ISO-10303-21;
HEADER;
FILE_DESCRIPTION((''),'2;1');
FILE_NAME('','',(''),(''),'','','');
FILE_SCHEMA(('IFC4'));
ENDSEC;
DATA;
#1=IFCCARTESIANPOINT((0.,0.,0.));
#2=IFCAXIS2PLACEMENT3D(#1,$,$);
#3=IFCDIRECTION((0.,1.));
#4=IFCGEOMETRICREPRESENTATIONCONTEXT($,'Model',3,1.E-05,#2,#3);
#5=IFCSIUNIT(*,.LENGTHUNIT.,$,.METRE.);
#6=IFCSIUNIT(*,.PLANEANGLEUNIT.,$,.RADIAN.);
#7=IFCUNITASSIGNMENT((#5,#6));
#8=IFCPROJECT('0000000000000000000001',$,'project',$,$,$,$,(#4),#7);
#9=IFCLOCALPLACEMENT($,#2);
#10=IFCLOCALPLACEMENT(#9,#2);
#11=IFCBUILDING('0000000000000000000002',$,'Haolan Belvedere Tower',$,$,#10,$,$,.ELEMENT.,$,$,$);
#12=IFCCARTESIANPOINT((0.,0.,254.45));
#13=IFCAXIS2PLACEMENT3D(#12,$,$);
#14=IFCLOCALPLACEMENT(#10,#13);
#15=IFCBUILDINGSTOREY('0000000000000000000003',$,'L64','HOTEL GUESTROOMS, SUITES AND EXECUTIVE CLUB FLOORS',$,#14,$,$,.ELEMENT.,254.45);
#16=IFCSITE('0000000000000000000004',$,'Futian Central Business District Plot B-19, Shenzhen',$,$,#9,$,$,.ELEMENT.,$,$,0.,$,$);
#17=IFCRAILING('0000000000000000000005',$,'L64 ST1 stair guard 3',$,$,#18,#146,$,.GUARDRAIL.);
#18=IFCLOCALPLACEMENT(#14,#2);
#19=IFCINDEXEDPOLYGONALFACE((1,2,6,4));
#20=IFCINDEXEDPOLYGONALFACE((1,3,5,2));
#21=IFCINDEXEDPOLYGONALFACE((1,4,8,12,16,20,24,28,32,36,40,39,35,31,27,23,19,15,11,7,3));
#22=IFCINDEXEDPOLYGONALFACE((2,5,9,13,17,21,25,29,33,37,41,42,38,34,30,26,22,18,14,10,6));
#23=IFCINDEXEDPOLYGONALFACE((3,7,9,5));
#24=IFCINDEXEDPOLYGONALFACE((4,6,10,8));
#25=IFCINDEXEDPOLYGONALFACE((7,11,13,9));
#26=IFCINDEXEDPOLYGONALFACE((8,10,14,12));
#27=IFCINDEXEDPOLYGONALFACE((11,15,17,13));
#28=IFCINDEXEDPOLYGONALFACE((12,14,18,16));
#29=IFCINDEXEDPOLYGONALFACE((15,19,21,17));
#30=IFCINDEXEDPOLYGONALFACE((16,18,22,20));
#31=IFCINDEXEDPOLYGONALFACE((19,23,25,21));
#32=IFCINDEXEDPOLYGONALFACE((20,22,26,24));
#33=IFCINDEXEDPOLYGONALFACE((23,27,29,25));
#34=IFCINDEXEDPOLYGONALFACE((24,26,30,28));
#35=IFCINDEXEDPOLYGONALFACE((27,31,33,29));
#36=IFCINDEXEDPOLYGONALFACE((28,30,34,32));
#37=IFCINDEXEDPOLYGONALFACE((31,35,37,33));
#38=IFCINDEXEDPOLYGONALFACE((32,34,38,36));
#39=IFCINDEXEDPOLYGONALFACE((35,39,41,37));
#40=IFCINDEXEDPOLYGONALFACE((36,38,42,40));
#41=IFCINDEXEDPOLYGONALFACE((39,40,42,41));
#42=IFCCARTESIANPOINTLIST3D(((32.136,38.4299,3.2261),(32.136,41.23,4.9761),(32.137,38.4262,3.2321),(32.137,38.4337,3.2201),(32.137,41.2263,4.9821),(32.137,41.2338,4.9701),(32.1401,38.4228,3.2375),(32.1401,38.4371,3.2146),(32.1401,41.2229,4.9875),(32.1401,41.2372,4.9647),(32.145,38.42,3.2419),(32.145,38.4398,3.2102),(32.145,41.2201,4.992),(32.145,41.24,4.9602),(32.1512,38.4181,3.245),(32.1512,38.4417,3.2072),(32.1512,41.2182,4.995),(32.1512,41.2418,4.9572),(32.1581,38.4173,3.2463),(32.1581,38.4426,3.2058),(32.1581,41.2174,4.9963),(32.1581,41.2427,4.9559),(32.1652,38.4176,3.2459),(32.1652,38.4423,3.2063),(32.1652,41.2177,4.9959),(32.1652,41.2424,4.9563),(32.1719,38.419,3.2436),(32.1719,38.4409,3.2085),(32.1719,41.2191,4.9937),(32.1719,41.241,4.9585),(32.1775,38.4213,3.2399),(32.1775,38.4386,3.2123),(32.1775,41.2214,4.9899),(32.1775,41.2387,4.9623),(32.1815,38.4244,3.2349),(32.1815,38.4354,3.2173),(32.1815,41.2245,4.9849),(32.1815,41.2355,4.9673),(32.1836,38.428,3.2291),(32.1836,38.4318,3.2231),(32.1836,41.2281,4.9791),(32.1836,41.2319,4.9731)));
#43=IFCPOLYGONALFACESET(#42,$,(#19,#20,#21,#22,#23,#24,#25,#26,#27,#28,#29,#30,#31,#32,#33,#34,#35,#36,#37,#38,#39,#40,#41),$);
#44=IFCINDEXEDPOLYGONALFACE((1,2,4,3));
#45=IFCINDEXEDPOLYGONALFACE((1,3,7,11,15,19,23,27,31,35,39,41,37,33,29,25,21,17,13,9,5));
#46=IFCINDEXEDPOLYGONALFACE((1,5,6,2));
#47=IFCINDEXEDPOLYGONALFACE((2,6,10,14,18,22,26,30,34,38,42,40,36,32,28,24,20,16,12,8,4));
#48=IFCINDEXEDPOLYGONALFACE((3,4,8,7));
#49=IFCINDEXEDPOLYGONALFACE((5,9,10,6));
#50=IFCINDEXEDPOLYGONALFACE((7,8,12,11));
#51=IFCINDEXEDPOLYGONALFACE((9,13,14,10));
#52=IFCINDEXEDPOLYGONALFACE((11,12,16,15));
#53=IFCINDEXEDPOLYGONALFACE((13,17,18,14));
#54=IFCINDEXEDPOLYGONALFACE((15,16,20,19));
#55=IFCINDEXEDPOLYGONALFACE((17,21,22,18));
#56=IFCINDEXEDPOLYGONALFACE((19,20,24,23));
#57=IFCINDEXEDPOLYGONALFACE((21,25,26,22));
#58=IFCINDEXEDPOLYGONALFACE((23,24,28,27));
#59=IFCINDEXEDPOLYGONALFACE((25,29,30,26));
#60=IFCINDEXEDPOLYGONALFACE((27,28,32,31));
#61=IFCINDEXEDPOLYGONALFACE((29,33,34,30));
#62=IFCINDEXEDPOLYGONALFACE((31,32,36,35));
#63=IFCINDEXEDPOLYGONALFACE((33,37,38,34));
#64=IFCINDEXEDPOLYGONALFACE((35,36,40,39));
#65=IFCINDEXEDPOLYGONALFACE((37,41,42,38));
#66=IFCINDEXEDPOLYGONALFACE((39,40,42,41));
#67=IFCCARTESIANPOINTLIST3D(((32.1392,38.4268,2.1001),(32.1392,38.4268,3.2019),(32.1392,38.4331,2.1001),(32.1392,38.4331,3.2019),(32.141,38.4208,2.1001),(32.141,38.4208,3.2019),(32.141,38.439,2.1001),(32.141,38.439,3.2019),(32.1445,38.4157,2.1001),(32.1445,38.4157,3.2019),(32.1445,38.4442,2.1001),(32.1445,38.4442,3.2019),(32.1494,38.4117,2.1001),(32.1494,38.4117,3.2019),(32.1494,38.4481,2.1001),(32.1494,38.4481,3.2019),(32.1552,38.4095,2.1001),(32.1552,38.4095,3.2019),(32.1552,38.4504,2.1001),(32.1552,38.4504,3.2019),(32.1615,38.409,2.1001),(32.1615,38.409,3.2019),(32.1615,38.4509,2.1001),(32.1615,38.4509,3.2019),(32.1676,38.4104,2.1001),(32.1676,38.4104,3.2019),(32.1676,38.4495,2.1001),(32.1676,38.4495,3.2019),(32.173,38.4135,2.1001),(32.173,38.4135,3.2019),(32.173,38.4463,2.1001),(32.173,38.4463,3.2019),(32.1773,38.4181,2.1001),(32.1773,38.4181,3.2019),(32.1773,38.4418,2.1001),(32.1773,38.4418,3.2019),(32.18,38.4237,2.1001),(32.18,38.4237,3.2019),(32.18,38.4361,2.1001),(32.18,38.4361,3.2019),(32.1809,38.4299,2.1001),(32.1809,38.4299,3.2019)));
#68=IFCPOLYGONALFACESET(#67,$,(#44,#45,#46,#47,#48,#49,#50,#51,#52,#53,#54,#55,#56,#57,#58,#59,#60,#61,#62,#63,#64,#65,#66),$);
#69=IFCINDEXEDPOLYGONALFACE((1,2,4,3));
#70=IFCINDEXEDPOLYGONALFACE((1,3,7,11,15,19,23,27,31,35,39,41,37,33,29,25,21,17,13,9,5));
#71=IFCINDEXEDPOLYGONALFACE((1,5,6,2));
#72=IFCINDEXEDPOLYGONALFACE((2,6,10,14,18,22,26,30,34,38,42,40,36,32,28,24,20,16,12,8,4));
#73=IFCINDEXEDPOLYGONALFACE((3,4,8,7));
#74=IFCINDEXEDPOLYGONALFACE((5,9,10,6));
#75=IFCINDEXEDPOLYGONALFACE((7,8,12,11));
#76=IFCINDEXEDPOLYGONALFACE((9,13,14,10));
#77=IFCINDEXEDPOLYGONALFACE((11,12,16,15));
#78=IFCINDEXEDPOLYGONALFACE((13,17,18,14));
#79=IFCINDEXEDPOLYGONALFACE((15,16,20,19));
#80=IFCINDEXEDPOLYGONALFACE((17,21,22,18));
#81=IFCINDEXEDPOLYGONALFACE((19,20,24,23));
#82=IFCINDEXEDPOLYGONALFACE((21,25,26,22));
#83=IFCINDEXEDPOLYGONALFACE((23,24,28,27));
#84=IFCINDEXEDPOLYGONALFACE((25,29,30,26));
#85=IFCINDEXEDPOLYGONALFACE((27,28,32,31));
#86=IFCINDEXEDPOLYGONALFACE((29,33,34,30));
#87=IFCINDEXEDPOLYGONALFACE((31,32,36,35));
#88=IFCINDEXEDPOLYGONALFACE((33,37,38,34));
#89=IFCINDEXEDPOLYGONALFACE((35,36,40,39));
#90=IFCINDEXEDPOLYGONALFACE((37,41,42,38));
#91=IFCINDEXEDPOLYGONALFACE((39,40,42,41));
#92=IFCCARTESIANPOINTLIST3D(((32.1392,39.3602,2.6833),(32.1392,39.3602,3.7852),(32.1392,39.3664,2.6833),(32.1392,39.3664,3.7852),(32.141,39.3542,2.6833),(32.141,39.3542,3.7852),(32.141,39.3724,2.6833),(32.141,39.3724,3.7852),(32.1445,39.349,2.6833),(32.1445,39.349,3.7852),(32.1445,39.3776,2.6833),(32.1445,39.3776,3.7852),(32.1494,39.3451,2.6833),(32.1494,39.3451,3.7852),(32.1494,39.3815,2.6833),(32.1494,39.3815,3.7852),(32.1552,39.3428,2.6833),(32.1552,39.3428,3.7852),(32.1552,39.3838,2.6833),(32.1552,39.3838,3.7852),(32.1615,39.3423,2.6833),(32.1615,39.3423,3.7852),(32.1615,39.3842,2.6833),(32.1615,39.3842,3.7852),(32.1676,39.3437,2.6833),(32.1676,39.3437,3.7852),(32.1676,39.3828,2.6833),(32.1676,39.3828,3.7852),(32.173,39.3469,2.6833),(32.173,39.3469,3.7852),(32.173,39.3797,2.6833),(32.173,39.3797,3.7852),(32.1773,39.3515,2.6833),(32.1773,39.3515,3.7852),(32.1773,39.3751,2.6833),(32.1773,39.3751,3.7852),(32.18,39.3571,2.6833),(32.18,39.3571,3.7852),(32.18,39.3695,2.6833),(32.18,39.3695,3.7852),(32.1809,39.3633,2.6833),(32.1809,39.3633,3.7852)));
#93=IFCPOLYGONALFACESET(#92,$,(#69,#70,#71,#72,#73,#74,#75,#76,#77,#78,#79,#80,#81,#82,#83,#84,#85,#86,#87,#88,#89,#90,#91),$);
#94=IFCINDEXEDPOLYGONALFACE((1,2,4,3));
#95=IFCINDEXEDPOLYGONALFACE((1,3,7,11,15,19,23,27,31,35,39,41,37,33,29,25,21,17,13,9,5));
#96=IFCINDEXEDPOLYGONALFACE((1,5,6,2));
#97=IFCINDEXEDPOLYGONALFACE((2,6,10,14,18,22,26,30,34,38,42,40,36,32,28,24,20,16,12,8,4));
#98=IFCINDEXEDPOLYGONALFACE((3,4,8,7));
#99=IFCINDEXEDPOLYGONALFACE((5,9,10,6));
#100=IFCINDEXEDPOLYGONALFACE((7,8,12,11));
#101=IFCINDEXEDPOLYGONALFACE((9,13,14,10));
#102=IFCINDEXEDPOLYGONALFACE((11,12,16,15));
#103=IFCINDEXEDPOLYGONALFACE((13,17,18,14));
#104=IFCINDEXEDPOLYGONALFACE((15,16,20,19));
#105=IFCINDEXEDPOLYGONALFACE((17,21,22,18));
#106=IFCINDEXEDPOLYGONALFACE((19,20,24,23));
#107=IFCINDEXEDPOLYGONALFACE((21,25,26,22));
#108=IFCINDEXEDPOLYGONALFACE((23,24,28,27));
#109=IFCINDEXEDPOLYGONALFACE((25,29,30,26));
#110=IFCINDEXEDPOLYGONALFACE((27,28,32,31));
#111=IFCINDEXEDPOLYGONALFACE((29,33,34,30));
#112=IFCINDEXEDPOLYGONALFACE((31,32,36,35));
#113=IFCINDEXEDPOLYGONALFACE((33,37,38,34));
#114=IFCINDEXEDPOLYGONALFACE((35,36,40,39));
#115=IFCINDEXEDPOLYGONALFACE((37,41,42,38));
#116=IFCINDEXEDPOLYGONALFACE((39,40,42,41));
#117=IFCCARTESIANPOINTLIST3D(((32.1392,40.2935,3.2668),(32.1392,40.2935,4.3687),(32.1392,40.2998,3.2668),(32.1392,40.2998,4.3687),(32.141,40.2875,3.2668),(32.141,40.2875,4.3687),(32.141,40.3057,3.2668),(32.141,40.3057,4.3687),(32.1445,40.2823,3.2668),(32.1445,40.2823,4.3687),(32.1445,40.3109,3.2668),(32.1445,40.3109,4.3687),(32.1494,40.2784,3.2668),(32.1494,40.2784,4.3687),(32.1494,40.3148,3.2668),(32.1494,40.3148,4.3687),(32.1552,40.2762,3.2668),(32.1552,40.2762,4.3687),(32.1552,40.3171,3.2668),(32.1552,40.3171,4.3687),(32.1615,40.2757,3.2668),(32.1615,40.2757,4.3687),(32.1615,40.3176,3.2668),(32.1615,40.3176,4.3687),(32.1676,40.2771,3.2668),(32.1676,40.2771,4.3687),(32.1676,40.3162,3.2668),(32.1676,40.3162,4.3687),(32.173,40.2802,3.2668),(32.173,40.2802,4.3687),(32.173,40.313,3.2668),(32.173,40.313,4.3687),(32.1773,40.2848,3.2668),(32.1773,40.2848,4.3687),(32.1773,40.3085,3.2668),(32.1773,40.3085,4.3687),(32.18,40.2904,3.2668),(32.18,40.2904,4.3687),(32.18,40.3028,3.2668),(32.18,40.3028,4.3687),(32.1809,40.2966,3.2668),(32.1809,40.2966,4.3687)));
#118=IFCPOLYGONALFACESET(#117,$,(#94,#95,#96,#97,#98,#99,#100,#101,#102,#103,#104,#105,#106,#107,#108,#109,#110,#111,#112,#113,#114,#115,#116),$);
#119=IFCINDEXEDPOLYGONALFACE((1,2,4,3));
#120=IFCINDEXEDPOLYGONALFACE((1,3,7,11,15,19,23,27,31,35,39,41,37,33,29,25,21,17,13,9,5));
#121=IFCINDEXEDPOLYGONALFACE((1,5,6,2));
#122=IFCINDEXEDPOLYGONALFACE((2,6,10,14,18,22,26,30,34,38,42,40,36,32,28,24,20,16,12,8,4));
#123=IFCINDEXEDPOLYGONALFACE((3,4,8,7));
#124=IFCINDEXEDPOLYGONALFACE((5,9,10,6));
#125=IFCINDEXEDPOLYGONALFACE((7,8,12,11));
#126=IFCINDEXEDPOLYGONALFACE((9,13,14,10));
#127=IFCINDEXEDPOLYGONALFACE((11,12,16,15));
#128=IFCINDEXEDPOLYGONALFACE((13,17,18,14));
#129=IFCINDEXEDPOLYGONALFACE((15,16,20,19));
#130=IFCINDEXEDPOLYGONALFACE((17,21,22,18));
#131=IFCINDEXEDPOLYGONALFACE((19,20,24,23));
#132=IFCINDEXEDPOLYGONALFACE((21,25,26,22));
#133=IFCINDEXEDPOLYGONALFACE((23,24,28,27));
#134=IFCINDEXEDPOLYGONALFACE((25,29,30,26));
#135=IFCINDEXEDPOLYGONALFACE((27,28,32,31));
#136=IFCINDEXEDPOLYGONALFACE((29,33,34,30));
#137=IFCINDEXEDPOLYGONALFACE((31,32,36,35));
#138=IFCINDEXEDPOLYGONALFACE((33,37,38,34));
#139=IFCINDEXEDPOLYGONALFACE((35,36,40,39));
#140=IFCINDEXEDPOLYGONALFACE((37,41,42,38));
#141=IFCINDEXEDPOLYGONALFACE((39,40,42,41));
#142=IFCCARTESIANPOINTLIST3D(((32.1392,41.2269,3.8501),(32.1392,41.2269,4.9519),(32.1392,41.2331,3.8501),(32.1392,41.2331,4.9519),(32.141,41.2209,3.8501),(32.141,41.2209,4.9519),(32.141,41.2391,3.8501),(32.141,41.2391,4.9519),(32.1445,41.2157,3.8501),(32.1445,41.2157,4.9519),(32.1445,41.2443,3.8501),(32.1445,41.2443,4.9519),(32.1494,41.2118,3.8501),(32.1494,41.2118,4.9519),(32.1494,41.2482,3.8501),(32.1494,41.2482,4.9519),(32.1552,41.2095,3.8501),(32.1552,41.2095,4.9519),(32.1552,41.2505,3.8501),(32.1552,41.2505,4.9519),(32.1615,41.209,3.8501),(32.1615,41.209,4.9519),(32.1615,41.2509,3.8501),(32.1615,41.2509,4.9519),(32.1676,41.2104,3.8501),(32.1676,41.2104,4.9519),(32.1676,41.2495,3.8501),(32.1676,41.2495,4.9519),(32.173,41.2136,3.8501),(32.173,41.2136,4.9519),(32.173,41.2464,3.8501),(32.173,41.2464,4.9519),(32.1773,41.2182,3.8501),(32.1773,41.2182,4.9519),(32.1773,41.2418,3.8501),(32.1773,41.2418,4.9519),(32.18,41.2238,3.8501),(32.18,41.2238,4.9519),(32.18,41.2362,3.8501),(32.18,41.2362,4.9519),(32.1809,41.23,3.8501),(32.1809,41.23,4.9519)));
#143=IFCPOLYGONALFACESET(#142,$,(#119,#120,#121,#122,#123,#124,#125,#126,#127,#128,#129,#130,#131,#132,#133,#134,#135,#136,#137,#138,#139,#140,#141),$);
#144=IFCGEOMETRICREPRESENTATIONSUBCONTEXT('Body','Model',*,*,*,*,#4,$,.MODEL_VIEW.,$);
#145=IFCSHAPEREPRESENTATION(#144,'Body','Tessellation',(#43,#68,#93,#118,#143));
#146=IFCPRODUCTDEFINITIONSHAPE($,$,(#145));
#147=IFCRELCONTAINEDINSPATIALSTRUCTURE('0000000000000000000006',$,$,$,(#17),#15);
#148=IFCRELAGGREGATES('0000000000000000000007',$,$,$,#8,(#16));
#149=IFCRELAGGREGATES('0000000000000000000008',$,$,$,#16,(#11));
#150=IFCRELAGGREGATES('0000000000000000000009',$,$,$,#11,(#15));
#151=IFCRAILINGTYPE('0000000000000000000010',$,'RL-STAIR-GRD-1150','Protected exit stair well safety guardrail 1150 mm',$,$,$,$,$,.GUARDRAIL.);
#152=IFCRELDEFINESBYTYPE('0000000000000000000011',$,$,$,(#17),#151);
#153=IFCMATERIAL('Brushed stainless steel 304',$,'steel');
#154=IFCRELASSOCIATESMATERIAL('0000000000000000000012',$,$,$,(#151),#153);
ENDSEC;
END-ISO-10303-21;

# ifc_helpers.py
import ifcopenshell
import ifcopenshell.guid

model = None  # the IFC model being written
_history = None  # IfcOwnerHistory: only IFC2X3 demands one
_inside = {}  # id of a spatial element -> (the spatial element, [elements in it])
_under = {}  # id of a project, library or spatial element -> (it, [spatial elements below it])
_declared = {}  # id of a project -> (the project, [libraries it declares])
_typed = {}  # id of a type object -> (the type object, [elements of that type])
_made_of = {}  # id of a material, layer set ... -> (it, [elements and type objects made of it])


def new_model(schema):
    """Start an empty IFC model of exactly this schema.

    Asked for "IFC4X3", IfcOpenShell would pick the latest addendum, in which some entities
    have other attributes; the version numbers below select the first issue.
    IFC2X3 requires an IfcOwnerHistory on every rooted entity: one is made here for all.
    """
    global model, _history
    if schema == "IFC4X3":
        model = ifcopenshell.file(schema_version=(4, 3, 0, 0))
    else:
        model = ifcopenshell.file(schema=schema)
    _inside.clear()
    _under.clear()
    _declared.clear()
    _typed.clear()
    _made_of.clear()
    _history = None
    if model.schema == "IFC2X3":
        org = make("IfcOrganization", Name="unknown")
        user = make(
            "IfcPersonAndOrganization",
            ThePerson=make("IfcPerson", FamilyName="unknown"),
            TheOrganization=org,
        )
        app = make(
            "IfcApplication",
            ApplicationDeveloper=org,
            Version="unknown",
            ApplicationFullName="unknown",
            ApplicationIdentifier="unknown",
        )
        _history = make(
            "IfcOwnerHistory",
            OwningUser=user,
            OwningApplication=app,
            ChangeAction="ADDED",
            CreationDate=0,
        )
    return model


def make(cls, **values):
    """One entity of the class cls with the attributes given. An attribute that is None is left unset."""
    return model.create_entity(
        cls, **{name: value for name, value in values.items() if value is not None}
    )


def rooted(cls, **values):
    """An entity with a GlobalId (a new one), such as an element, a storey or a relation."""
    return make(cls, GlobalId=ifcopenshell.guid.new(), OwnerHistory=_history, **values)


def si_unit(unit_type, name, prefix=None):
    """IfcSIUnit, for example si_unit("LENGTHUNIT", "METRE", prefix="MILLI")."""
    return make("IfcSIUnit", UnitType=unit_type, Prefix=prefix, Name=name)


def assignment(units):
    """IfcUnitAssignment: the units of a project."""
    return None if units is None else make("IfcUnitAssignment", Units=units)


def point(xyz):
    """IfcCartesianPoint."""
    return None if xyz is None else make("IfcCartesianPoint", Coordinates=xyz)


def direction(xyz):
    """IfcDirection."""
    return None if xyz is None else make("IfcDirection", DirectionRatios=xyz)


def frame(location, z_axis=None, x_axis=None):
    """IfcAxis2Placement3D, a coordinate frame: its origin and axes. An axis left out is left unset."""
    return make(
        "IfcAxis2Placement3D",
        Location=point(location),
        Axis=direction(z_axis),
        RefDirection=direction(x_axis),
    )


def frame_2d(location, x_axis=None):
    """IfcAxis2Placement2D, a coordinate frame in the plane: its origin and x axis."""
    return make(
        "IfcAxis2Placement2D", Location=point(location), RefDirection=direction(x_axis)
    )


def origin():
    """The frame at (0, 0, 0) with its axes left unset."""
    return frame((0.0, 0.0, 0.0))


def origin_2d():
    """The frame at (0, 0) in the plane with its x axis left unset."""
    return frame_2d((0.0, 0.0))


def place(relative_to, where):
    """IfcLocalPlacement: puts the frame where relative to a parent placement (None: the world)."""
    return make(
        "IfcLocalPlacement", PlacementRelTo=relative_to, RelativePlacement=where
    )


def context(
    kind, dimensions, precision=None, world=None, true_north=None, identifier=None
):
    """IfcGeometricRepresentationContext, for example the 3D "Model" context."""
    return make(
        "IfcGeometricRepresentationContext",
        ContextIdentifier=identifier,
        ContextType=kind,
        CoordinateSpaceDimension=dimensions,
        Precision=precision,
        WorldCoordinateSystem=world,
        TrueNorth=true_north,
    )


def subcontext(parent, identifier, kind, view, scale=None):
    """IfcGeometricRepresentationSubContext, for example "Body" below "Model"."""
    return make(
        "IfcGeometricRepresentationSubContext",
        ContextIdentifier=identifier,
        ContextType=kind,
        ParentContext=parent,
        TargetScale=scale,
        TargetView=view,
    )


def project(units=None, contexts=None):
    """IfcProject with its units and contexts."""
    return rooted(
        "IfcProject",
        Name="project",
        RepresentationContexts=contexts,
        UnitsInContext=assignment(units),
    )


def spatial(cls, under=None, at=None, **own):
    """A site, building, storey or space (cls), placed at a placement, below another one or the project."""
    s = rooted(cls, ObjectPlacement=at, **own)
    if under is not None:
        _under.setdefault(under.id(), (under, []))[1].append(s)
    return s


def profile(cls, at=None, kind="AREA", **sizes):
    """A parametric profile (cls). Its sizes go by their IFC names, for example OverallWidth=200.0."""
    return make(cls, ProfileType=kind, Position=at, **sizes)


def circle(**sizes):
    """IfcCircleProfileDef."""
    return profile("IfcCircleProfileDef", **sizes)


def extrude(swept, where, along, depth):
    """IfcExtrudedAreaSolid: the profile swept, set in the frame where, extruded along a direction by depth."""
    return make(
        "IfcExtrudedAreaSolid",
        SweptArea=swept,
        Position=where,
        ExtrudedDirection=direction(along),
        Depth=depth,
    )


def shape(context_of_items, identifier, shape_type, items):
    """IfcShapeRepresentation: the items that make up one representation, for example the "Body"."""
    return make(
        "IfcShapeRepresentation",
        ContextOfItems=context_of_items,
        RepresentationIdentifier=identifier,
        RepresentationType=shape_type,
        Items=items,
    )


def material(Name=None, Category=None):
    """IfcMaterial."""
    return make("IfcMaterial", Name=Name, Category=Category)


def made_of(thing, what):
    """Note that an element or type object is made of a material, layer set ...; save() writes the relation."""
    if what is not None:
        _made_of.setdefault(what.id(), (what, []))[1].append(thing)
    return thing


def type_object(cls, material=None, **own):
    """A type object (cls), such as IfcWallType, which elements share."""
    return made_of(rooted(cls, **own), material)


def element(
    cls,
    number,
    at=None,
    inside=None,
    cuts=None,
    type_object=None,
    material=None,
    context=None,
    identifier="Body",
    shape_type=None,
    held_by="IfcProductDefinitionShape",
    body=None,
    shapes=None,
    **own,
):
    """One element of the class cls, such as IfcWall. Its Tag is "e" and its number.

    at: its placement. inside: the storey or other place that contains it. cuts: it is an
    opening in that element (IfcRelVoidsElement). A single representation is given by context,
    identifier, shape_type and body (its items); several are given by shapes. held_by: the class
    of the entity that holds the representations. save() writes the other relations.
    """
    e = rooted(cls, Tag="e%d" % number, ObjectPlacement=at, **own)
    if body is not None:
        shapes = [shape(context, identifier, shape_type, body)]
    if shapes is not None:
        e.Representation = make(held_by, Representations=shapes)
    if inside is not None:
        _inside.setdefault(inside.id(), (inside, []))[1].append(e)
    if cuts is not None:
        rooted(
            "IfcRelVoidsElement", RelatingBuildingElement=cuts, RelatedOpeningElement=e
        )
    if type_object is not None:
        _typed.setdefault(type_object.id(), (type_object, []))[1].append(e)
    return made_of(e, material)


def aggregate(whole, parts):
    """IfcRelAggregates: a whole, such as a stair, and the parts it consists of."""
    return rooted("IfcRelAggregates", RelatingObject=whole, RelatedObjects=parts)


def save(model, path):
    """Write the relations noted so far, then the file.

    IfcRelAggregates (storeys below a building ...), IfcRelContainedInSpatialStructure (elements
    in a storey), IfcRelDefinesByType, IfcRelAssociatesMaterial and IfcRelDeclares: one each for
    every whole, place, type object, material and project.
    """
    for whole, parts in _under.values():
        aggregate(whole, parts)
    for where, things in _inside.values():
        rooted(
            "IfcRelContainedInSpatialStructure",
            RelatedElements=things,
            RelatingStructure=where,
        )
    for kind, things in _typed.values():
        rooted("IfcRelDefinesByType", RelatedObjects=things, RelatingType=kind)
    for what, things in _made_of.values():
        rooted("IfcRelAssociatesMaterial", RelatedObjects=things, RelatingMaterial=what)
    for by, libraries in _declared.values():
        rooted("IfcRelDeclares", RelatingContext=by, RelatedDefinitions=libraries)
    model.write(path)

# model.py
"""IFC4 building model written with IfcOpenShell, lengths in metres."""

from ifc_helpers import new_model, si_unit, direction, frame, origin, origin_2d, place, context, subcontext, project, spatial, circle, extrude, material, type_object, element, save


model = new_model("IFC4")

# Units and contexts
model_context = context("Model", 3, precision=1e-05, world=origin(), true_north=direction((0.0, 1.0)))
body_context = subcontext(model_context, "Body", "Model", "MODEL_VIEW")
ifc_project = project(units=[si_unit("LENGTHUNIT", "METRE"), si_unit("PLANEANGLEUNIT", "RADIAN")], contexts=[model_context])

# Site, building, storey
site_placement = place(None, origin())
site = spatial("IfcSite", under=ifc_project, at=site_placement, Name="Futian Central Business District Plot B-19, Shenzhen", CompositionType="ELEMENT", RefElevation=0.0)
building_placement = place(site_placement, origin())
building = spatial("IfcBuilding", under=site, at=building_placement, Name="Haolan Belvedere Tower", CompositionType="ELEMENT")
storey_placement = place(building_placement, frame((0.0, 0.0, 254.45)))
storey = spatial("IfcBuildingStorey", under=building, at=storey_placement, Name="L64", Description="HOTEL GUESTROOMS, SUITES AND EXECUTIVE CLUB FLOORS", CompositionType="ELEMENT", Elevation=254.45)

# Railing
ifc_material_1 = material(Name="Brushed stainless steel 304", Category="steel")
railing_type_1 = type_object("IfcRailingType", Name="RL-STAIR-GRD-1150", Description="Protected exit stair well safety guardrail 1150 mm", PredefinedType="GUARDRAIL", material=ifc_material_1)
railing_1_placement = place(storey_placement, frame((32.1599, 38.4299, 2.1001)))
element("IfcRailing", 1, at=railing_1_placement, inside=storey, type_object=railing_type_1, Name="L64 ST1 stair guard 3", PredefinedType="GUARDRAIL", context=body_context, shape_type="SweptSolid", body=[
    extrude(circle(Radius=0.0239, at=origin_2d()), frame((0.0, 0.0, 1.126), z_axis=(0.0, 0.848002, 0.529992), x_axis=(-1.0, 0.0, 0.0)), (0.0, 0.0, 1.0), 3.302),
    extrude(circle(Radius=0.021, at=origin_2d()), origin(), (0.0, 0.0, 1.0), 1.1018),
    extrude(circle(Radius=0.021, at=origin_2d()), frame((0.0, 0.9333, 0.5833)), (0.0, 0.0, 1.0), 1.1018),
    extrude(circle(Radius=0.021, at=origin_2d()), frame((0.0, 1.8667, 1.1667)), (0.0, 0.0, 1.0), 1.1018),
    extrude(circle(Radius=0.021, at=origin_2d()), frame((0.0, 2.8, 1.75)), (0.0, 0.0, 1.0), 1.1018),
])

save(model, "model.ifc")
